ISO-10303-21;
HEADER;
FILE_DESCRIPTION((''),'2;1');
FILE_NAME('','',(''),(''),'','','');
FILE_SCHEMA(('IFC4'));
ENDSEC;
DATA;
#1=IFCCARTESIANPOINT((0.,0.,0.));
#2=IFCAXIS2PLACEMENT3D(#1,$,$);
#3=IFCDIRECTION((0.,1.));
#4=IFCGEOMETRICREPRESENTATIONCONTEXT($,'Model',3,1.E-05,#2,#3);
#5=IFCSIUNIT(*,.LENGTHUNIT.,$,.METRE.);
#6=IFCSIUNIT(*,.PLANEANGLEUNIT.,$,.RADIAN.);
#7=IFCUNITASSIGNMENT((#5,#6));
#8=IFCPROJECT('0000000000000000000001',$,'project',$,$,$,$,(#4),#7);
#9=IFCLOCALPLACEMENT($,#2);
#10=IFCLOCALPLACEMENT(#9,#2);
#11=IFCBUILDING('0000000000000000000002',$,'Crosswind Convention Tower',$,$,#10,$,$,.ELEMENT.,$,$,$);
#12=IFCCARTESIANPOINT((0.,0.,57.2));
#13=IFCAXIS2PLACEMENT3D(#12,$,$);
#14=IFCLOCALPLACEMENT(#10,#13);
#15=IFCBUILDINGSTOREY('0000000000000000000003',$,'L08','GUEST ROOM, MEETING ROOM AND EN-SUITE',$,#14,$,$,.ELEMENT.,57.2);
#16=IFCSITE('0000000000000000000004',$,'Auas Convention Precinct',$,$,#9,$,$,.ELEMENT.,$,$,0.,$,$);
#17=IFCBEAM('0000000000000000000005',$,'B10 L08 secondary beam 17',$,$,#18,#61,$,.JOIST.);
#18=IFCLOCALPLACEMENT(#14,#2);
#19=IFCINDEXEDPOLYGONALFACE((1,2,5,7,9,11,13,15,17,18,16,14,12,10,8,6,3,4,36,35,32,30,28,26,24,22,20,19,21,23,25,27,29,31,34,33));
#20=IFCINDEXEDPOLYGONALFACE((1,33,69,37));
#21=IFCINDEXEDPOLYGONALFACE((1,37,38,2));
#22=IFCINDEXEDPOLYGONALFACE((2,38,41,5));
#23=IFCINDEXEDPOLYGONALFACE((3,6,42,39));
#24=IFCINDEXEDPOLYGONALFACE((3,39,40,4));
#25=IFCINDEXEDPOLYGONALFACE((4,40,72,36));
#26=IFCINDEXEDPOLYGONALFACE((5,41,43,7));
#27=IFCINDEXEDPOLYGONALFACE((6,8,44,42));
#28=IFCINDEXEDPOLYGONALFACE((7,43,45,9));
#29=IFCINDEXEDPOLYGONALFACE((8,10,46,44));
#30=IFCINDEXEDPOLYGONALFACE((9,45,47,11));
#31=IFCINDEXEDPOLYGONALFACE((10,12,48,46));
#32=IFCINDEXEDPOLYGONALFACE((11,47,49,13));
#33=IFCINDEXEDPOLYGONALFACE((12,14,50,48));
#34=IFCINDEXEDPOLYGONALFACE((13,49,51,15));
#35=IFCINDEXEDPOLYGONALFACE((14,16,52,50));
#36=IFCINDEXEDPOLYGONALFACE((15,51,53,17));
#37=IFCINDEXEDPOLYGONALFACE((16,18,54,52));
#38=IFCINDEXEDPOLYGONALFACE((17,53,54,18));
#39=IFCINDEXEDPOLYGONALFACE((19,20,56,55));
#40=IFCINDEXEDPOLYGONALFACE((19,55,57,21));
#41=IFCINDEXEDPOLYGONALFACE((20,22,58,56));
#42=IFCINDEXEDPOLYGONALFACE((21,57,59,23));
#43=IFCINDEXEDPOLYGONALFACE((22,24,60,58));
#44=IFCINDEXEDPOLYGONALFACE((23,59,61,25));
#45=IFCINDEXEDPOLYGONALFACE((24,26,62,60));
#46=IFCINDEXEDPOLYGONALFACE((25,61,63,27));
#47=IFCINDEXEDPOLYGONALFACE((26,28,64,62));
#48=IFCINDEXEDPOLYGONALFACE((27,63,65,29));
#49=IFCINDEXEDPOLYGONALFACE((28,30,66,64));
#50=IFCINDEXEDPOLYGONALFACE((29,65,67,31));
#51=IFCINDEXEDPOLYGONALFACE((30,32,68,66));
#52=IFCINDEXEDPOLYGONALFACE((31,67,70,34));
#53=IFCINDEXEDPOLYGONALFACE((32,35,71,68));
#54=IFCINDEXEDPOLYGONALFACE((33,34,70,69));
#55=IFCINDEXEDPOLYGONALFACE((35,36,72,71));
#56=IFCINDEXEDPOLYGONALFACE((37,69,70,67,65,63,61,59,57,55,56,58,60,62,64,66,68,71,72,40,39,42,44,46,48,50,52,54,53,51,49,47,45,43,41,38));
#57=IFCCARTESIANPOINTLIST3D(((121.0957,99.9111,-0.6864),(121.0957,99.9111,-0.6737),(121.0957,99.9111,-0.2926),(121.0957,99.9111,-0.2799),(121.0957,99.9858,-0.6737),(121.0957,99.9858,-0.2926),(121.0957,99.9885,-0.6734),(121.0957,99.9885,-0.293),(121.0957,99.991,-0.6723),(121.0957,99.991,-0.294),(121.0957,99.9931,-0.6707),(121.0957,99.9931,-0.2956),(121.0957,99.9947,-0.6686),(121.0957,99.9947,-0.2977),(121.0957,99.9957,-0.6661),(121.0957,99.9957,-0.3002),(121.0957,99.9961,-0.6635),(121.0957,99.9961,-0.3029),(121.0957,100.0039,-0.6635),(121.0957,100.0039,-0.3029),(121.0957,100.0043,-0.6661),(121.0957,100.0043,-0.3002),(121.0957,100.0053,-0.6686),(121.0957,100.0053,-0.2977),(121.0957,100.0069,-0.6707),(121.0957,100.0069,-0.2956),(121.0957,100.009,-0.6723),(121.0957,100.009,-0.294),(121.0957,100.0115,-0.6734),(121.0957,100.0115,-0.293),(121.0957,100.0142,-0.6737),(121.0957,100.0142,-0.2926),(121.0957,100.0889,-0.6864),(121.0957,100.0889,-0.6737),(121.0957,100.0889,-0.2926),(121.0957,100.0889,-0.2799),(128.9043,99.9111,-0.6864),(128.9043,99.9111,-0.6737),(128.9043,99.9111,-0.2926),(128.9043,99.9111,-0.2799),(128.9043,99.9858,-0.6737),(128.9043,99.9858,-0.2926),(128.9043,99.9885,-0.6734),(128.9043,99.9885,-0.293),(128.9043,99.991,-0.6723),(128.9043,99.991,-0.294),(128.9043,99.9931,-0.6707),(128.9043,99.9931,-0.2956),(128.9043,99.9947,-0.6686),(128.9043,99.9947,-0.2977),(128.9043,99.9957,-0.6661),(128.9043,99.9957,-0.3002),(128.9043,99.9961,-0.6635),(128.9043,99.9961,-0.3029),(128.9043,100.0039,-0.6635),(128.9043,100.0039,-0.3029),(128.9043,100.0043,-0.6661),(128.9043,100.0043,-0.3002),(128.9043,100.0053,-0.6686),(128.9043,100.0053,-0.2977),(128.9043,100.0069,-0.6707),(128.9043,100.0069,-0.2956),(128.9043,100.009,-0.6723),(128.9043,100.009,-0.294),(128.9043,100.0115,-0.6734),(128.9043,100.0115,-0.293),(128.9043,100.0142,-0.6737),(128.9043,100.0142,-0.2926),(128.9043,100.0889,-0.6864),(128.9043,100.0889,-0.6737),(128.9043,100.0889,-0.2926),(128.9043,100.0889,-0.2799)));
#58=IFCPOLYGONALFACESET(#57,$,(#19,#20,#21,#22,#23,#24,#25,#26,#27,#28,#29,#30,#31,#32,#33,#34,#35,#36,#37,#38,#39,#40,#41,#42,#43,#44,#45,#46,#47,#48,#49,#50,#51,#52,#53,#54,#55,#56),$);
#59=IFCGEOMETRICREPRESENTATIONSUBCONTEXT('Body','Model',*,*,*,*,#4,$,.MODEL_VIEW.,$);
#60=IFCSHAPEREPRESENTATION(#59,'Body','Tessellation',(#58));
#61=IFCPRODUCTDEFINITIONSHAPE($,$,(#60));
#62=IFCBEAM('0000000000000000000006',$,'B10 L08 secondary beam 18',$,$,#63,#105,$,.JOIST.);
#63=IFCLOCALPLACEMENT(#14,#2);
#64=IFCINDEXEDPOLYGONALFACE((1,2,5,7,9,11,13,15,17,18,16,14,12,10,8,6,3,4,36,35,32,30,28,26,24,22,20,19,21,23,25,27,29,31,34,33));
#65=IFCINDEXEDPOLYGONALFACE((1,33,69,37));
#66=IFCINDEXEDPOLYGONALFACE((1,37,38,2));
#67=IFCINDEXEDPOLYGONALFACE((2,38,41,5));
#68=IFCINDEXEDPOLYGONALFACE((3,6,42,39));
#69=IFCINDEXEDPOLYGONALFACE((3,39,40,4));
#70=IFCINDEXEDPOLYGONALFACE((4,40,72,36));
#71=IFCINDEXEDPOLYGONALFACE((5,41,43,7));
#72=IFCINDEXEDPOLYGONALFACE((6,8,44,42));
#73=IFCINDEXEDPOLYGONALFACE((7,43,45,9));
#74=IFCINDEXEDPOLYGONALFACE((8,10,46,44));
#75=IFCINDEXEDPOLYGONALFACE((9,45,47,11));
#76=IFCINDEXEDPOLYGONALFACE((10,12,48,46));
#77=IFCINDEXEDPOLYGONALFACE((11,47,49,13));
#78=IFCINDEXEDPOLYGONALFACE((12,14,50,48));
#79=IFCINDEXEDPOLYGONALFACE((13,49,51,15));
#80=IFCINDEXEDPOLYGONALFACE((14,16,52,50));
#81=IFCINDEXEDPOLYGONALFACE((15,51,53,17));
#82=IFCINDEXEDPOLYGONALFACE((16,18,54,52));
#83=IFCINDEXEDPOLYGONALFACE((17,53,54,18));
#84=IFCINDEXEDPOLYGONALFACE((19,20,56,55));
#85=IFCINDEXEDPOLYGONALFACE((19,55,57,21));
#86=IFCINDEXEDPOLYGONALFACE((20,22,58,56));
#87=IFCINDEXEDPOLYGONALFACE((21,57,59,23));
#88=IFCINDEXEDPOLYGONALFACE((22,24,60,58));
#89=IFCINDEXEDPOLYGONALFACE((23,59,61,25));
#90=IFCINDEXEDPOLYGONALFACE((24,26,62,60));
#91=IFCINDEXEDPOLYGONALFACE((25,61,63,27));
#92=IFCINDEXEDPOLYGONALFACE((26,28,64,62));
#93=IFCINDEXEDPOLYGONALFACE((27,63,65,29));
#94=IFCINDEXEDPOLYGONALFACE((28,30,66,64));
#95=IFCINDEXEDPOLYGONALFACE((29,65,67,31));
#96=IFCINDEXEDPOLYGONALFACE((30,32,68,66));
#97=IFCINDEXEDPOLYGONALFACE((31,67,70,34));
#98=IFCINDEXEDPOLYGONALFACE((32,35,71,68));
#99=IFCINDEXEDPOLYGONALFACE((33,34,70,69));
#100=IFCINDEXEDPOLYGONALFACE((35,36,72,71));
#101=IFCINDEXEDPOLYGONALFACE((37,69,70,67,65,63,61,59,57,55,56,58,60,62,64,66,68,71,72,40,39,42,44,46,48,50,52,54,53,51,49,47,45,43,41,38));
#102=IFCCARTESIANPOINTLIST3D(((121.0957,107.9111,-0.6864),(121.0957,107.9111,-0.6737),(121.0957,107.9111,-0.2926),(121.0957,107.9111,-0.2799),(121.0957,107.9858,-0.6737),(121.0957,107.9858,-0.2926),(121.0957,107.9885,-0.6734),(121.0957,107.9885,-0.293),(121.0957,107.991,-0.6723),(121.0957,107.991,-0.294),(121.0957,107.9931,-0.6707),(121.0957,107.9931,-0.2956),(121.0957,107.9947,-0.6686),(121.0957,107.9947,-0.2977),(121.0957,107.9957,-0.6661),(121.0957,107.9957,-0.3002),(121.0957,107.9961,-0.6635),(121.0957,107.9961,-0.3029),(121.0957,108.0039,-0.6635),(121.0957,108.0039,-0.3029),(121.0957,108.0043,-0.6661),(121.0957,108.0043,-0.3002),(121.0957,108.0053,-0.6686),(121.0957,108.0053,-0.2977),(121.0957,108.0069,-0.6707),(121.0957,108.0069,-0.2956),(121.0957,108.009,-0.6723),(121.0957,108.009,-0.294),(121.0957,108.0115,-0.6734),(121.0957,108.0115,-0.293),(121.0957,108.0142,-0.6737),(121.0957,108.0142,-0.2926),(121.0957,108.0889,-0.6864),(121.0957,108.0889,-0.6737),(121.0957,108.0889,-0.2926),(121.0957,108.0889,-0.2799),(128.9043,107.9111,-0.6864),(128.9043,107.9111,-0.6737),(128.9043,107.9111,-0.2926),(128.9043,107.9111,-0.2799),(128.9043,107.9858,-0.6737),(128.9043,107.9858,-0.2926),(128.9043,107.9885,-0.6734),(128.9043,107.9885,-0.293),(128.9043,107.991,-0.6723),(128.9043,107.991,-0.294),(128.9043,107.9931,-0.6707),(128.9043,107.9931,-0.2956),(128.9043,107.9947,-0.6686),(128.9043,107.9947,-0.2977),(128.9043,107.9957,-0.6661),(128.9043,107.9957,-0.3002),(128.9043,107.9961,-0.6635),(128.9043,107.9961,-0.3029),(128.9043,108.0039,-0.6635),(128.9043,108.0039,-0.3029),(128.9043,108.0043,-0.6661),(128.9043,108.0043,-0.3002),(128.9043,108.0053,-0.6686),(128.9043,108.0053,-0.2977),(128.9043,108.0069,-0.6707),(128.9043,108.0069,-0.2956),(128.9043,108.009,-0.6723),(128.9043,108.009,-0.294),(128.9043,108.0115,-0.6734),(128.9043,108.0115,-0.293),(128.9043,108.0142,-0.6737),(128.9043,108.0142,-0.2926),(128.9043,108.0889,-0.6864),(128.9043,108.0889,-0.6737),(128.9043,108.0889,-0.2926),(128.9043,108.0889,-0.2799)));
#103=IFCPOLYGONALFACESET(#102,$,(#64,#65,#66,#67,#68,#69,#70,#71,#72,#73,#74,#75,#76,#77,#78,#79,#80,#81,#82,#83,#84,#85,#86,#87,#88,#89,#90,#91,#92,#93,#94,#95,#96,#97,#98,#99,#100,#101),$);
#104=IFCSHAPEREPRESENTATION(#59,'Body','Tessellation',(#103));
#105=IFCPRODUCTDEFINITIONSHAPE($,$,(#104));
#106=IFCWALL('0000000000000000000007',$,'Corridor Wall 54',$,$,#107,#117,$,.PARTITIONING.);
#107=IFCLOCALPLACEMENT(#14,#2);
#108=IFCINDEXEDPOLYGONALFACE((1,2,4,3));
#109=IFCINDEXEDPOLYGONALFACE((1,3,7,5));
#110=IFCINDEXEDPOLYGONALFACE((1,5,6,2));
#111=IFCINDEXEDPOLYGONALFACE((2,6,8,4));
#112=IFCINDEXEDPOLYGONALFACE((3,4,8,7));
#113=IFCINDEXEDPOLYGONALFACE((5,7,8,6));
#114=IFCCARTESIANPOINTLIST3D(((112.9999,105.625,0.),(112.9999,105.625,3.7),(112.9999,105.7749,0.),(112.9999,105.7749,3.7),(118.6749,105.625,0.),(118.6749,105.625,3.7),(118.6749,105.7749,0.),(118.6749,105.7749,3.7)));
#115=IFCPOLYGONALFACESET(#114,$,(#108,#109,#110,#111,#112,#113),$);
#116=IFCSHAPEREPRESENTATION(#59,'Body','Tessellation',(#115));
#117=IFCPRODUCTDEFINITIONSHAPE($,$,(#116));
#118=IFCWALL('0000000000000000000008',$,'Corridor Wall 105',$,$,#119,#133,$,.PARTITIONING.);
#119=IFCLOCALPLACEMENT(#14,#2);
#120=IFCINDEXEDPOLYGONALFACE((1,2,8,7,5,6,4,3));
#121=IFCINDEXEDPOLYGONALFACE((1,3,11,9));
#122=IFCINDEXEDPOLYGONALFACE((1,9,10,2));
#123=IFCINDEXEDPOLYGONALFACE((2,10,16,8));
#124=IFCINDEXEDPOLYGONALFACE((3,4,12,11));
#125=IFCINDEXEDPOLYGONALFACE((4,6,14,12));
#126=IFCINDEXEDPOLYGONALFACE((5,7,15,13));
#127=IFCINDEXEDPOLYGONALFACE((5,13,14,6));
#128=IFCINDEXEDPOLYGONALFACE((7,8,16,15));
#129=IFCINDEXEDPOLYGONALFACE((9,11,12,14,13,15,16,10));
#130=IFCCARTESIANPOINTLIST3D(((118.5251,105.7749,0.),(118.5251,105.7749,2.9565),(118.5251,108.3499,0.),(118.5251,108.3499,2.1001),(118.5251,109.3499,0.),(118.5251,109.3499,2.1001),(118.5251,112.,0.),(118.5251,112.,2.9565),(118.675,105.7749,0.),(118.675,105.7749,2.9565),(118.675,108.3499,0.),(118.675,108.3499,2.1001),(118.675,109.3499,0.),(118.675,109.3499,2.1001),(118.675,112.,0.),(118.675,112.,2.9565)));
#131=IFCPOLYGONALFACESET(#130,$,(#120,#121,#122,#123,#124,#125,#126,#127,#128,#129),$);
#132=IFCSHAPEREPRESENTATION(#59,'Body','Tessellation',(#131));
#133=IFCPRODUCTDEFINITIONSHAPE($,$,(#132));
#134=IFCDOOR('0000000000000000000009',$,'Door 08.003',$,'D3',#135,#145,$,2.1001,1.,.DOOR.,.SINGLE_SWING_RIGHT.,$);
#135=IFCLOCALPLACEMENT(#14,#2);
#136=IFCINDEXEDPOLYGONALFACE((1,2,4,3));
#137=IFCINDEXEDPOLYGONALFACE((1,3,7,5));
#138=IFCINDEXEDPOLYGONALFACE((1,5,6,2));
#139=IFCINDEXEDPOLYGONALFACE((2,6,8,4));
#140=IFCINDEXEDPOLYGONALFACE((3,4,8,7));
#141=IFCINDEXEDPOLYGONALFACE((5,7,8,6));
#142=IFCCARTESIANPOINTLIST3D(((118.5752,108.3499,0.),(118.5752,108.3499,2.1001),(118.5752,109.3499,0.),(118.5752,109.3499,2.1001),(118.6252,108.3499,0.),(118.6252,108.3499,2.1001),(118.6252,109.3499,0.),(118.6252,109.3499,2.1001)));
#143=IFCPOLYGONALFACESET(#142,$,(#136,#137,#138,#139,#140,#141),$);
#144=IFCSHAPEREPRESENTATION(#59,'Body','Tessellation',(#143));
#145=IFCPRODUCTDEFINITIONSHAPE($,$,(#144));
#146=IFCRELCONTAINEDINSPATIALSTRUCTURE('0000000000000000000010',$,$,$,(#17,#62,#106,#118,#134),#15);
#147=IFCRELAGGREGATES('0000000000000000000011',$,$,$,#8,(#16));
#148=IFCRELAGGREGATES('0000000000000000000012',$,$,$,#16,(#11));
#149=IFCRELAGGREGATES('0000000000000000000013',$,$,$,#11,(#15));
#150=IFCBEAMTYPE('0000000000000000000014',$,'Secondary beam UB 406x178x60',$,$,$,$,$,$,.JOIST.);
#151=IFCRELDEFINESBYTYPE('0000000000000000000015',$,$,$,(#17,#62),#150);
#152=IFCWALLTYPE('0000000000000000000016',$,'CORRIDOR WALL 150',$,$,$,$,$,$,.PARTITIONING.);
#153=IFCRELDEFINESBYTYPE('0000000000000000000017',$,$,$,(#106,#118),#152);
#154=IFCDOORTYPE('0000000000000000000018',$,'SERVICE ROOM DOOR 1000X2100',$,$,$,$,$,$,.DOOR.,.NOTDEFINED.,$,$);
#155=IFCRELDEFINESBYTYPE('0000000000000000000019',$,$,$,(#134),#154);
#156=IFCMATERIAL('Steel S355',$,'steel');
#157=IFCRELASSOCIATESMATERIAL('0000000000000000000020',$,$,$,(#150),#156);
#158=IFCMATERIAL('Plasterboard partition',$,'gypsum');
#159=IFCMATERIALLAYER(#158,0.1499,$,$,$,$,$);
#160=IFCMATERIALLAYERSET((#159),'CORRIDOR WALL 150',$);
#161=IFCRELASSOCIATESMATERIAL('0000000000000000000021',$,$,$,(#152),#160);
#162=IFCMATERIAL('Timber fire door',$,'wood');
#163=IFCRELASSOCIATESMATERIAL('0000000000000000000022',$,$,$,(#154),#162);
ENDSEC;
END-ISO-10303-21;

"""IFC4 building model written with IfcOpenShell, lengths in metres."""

from ifc_helpers import new_model, si_unit, direction, frame, frame_2d, origin, origin_2d, place, context, subcontext, project, spatial, rectangle, i_section, extrude, material, layer, layer_set, material_profile, profile_set, type_object, element, fill, save


model = new_model("IFC4")

# Units and contexts
model_context = context("Model", 3, precision=1e-05, world=origin(), true_north=direction((0.0, 1.0)))
body_context = subcontext(model_context, "Body", "Model", "MODEL_VIEW")
ifc_project = project(units=[si_unit("LENGTHUNIT", "METRE"), si_unit("PLANEANGLEUNIT", "RADIAN")], contexts=[model_context])

# Site, building, storey
site_placement = place(None, origin())
site = spatial("IfcSite", under=ifc_project, at=site_placement, Name="Auas Convention Precinct", CompositionType="ELEMENT", RefElevation=0.0)
building_placement = place(site_placement, origin())
building = spatial("IfcBuilding", under=site, at=building_placement, Name="Crosswind Convention Tower", CompositionType="ELEMENT")
storey_placement = place(building_placement, frame((0.0, 0.0, 57.2)))
storey = spatial("IfcBuildingStorey", under=building, at=storey_placement, Name="L08", Description="GUEST ROOM, MEETING ROOM AND EN-SUITE", CompositionType="ELEMENT", Elevation=57.2)

# Beams
ifc_material_1 = material(Name="Steel S355", Category="steel")
ifc_material_profile_1 = material_profile(ifc_material_1, i_section(OverallWidth=0.1777, OverallDepth=0.4065, WebThickness=0.0078, FlangeThickness=0.0127, FilletRadius=0.0103, at=origin_2d()), Name="UB 406x178x60")
ifc_profile_set_1 = profile_set([ifc_material_profile_1], Name="Steel S355")
beam_type_1 = type_object("IfcBeamType", Name="Secondary beam UB 406x178x60", PredefinedType="JOIST", material=ifc_profile_set_1)
for number, where, z_axis, x_axis, name in (
    (1, (121.0957, 100.0, -0.4832), (1.0, 0.0, 0.0), (0.0, 1.0, 0.0), "B10 L08 secondary beam 17"),
    (2, (121.0957, 108.0, -0.4832), (1.0, 0.0, 0.0), (0.0, 1.0, 0.0), "B10 L08 secondary beam 18"),
):
    element("IfcBeam", number, at=place(storey_placement, frame(where, z_axis=z_axis, x_axis=x_axis)), inside=storey, type_object=beam_type_1, Name=name, PredefinedType="JOIST", context=body_context, shape_type="SweptSolid", body=[
        extrude(i_section(OverallWidth=0.1777, OverallDepth=0.4065, WebThickness=0.0078, FlangeThickness=0.0127, FilletRadius=0.0103, at=origin_2d()), origin(), (0.0, 0.0, 1.0), 7.8086),
    ])

# Wall
ifc_material_2 = material(Name="Plasterboard partition", Category="gypsum")
ifc_layer_1 = layer(ifc_material_2, 0.1499)
ifc_layer_set_1 = layer_set([ifc_layer_1], Name="CORRIDOR WALL 150")
wall_type_1 = type_object("IfcWallType", Name="CORRIDOR WALL 150", PredefinedType="PARTITIONING", material=ifc_layer_set_1)
wall_1_placement = place(storey_placement, frame((113.0, 105.7, 0.0), z_axis=(0.0, 0.0, 1.0), x_axis=(1.0, 0.0, 0.0)))
element("IfcWall", 3, at=wall_1_placement, inside=storey, type_object=wall_type_1, Name="Corridor Wall 54", PredefinedType="PARTITIONING", context=body_context, shape_type="SweptSolid", body=[
    extrude(rectangle(XDim=5.675, YDim=0.1499, at=frame_2d((2.8374, 0.0))), origin(), (0.0, 0.0, 1.0), 3.7),
])

# Wall, opening, door
wall_2_placement = place(storey_placement, frame((118.6001, 105.7749, 0.0), z_axis=(0.0, 0.0, 1.0), x_axis=(0.0, 1.0, 0.0)))
wall_2 = element("IfcWall", 4, at=wall_2_placement, inside=storey, type_object=wall_type_1, Name="Corridor Wall 105", PredefinedType="PARTITIONING", context=body_context, shape_type="SweptSolid", body=[
    extrude(rectangle(XDim=6.2251, YDim=0.1499, at=frame_2d((3.1125, 0.0))), origin(), (0.0, 0.0, 1.0), 2.9565),
])
opening_1_placement = place(wall_2_placement, frame((2.575, 0.0, 0.0)))
opening_1 = element("IfcOpeningElement", 5, at=opening_1_placement, cuts=wall_2, PredefinedType="OPENING", context=body_context, shape_type="SweptSolid", body=[
    extrude(rectangle(XDim=1.0, YDim=2.1001, at=frame_2d((0.5, 1.05))), frame((0.0, 0.085, 0.0), z_axis=(0.0, -1.0, 0.0), x_axis=(1.0, 0.0, 0.0)), (0.0, 0.0, 1.0), 0.1699),
])
ifc_material_3 = material(Name="Timber fire door", Category="wood")
door_type_1 = type_object("IfcDoorType", Name="SERVICE ROOM DOOR 1000X2100", OperationType="NOTDEFINED", PredefinedType="DOOR", material=ifc_material_3)
door_1_placement = place(opening_1_placement, origin())
door_1 = element("IfcDoor", 6, at=door_1_placement, inside=storey, type_object=door_type_1, Name="Door 08.003", ObjectType="D3", OperationType="SINGLE_SWING_RIGHT", OverallHeight=2.1001, OverallWidth=1.0, PredefinedType="DOOR", context=body_context, shape_type="SweptSolid", body=[
    extrude(rectangle(XDim=1.0, YDim=2.1001, at=frame_2d((0.5, 1.05))), frame((0.0, 0.0249, 0.0), z_axis=(0.0, -1.0, 0.0), x_axis=(1.0, 0.0, 0.0)), (0.0, 0.0, 1.0), 0.05),
])
fill(opening_1, door_1)

save(model, "model.ifc")
